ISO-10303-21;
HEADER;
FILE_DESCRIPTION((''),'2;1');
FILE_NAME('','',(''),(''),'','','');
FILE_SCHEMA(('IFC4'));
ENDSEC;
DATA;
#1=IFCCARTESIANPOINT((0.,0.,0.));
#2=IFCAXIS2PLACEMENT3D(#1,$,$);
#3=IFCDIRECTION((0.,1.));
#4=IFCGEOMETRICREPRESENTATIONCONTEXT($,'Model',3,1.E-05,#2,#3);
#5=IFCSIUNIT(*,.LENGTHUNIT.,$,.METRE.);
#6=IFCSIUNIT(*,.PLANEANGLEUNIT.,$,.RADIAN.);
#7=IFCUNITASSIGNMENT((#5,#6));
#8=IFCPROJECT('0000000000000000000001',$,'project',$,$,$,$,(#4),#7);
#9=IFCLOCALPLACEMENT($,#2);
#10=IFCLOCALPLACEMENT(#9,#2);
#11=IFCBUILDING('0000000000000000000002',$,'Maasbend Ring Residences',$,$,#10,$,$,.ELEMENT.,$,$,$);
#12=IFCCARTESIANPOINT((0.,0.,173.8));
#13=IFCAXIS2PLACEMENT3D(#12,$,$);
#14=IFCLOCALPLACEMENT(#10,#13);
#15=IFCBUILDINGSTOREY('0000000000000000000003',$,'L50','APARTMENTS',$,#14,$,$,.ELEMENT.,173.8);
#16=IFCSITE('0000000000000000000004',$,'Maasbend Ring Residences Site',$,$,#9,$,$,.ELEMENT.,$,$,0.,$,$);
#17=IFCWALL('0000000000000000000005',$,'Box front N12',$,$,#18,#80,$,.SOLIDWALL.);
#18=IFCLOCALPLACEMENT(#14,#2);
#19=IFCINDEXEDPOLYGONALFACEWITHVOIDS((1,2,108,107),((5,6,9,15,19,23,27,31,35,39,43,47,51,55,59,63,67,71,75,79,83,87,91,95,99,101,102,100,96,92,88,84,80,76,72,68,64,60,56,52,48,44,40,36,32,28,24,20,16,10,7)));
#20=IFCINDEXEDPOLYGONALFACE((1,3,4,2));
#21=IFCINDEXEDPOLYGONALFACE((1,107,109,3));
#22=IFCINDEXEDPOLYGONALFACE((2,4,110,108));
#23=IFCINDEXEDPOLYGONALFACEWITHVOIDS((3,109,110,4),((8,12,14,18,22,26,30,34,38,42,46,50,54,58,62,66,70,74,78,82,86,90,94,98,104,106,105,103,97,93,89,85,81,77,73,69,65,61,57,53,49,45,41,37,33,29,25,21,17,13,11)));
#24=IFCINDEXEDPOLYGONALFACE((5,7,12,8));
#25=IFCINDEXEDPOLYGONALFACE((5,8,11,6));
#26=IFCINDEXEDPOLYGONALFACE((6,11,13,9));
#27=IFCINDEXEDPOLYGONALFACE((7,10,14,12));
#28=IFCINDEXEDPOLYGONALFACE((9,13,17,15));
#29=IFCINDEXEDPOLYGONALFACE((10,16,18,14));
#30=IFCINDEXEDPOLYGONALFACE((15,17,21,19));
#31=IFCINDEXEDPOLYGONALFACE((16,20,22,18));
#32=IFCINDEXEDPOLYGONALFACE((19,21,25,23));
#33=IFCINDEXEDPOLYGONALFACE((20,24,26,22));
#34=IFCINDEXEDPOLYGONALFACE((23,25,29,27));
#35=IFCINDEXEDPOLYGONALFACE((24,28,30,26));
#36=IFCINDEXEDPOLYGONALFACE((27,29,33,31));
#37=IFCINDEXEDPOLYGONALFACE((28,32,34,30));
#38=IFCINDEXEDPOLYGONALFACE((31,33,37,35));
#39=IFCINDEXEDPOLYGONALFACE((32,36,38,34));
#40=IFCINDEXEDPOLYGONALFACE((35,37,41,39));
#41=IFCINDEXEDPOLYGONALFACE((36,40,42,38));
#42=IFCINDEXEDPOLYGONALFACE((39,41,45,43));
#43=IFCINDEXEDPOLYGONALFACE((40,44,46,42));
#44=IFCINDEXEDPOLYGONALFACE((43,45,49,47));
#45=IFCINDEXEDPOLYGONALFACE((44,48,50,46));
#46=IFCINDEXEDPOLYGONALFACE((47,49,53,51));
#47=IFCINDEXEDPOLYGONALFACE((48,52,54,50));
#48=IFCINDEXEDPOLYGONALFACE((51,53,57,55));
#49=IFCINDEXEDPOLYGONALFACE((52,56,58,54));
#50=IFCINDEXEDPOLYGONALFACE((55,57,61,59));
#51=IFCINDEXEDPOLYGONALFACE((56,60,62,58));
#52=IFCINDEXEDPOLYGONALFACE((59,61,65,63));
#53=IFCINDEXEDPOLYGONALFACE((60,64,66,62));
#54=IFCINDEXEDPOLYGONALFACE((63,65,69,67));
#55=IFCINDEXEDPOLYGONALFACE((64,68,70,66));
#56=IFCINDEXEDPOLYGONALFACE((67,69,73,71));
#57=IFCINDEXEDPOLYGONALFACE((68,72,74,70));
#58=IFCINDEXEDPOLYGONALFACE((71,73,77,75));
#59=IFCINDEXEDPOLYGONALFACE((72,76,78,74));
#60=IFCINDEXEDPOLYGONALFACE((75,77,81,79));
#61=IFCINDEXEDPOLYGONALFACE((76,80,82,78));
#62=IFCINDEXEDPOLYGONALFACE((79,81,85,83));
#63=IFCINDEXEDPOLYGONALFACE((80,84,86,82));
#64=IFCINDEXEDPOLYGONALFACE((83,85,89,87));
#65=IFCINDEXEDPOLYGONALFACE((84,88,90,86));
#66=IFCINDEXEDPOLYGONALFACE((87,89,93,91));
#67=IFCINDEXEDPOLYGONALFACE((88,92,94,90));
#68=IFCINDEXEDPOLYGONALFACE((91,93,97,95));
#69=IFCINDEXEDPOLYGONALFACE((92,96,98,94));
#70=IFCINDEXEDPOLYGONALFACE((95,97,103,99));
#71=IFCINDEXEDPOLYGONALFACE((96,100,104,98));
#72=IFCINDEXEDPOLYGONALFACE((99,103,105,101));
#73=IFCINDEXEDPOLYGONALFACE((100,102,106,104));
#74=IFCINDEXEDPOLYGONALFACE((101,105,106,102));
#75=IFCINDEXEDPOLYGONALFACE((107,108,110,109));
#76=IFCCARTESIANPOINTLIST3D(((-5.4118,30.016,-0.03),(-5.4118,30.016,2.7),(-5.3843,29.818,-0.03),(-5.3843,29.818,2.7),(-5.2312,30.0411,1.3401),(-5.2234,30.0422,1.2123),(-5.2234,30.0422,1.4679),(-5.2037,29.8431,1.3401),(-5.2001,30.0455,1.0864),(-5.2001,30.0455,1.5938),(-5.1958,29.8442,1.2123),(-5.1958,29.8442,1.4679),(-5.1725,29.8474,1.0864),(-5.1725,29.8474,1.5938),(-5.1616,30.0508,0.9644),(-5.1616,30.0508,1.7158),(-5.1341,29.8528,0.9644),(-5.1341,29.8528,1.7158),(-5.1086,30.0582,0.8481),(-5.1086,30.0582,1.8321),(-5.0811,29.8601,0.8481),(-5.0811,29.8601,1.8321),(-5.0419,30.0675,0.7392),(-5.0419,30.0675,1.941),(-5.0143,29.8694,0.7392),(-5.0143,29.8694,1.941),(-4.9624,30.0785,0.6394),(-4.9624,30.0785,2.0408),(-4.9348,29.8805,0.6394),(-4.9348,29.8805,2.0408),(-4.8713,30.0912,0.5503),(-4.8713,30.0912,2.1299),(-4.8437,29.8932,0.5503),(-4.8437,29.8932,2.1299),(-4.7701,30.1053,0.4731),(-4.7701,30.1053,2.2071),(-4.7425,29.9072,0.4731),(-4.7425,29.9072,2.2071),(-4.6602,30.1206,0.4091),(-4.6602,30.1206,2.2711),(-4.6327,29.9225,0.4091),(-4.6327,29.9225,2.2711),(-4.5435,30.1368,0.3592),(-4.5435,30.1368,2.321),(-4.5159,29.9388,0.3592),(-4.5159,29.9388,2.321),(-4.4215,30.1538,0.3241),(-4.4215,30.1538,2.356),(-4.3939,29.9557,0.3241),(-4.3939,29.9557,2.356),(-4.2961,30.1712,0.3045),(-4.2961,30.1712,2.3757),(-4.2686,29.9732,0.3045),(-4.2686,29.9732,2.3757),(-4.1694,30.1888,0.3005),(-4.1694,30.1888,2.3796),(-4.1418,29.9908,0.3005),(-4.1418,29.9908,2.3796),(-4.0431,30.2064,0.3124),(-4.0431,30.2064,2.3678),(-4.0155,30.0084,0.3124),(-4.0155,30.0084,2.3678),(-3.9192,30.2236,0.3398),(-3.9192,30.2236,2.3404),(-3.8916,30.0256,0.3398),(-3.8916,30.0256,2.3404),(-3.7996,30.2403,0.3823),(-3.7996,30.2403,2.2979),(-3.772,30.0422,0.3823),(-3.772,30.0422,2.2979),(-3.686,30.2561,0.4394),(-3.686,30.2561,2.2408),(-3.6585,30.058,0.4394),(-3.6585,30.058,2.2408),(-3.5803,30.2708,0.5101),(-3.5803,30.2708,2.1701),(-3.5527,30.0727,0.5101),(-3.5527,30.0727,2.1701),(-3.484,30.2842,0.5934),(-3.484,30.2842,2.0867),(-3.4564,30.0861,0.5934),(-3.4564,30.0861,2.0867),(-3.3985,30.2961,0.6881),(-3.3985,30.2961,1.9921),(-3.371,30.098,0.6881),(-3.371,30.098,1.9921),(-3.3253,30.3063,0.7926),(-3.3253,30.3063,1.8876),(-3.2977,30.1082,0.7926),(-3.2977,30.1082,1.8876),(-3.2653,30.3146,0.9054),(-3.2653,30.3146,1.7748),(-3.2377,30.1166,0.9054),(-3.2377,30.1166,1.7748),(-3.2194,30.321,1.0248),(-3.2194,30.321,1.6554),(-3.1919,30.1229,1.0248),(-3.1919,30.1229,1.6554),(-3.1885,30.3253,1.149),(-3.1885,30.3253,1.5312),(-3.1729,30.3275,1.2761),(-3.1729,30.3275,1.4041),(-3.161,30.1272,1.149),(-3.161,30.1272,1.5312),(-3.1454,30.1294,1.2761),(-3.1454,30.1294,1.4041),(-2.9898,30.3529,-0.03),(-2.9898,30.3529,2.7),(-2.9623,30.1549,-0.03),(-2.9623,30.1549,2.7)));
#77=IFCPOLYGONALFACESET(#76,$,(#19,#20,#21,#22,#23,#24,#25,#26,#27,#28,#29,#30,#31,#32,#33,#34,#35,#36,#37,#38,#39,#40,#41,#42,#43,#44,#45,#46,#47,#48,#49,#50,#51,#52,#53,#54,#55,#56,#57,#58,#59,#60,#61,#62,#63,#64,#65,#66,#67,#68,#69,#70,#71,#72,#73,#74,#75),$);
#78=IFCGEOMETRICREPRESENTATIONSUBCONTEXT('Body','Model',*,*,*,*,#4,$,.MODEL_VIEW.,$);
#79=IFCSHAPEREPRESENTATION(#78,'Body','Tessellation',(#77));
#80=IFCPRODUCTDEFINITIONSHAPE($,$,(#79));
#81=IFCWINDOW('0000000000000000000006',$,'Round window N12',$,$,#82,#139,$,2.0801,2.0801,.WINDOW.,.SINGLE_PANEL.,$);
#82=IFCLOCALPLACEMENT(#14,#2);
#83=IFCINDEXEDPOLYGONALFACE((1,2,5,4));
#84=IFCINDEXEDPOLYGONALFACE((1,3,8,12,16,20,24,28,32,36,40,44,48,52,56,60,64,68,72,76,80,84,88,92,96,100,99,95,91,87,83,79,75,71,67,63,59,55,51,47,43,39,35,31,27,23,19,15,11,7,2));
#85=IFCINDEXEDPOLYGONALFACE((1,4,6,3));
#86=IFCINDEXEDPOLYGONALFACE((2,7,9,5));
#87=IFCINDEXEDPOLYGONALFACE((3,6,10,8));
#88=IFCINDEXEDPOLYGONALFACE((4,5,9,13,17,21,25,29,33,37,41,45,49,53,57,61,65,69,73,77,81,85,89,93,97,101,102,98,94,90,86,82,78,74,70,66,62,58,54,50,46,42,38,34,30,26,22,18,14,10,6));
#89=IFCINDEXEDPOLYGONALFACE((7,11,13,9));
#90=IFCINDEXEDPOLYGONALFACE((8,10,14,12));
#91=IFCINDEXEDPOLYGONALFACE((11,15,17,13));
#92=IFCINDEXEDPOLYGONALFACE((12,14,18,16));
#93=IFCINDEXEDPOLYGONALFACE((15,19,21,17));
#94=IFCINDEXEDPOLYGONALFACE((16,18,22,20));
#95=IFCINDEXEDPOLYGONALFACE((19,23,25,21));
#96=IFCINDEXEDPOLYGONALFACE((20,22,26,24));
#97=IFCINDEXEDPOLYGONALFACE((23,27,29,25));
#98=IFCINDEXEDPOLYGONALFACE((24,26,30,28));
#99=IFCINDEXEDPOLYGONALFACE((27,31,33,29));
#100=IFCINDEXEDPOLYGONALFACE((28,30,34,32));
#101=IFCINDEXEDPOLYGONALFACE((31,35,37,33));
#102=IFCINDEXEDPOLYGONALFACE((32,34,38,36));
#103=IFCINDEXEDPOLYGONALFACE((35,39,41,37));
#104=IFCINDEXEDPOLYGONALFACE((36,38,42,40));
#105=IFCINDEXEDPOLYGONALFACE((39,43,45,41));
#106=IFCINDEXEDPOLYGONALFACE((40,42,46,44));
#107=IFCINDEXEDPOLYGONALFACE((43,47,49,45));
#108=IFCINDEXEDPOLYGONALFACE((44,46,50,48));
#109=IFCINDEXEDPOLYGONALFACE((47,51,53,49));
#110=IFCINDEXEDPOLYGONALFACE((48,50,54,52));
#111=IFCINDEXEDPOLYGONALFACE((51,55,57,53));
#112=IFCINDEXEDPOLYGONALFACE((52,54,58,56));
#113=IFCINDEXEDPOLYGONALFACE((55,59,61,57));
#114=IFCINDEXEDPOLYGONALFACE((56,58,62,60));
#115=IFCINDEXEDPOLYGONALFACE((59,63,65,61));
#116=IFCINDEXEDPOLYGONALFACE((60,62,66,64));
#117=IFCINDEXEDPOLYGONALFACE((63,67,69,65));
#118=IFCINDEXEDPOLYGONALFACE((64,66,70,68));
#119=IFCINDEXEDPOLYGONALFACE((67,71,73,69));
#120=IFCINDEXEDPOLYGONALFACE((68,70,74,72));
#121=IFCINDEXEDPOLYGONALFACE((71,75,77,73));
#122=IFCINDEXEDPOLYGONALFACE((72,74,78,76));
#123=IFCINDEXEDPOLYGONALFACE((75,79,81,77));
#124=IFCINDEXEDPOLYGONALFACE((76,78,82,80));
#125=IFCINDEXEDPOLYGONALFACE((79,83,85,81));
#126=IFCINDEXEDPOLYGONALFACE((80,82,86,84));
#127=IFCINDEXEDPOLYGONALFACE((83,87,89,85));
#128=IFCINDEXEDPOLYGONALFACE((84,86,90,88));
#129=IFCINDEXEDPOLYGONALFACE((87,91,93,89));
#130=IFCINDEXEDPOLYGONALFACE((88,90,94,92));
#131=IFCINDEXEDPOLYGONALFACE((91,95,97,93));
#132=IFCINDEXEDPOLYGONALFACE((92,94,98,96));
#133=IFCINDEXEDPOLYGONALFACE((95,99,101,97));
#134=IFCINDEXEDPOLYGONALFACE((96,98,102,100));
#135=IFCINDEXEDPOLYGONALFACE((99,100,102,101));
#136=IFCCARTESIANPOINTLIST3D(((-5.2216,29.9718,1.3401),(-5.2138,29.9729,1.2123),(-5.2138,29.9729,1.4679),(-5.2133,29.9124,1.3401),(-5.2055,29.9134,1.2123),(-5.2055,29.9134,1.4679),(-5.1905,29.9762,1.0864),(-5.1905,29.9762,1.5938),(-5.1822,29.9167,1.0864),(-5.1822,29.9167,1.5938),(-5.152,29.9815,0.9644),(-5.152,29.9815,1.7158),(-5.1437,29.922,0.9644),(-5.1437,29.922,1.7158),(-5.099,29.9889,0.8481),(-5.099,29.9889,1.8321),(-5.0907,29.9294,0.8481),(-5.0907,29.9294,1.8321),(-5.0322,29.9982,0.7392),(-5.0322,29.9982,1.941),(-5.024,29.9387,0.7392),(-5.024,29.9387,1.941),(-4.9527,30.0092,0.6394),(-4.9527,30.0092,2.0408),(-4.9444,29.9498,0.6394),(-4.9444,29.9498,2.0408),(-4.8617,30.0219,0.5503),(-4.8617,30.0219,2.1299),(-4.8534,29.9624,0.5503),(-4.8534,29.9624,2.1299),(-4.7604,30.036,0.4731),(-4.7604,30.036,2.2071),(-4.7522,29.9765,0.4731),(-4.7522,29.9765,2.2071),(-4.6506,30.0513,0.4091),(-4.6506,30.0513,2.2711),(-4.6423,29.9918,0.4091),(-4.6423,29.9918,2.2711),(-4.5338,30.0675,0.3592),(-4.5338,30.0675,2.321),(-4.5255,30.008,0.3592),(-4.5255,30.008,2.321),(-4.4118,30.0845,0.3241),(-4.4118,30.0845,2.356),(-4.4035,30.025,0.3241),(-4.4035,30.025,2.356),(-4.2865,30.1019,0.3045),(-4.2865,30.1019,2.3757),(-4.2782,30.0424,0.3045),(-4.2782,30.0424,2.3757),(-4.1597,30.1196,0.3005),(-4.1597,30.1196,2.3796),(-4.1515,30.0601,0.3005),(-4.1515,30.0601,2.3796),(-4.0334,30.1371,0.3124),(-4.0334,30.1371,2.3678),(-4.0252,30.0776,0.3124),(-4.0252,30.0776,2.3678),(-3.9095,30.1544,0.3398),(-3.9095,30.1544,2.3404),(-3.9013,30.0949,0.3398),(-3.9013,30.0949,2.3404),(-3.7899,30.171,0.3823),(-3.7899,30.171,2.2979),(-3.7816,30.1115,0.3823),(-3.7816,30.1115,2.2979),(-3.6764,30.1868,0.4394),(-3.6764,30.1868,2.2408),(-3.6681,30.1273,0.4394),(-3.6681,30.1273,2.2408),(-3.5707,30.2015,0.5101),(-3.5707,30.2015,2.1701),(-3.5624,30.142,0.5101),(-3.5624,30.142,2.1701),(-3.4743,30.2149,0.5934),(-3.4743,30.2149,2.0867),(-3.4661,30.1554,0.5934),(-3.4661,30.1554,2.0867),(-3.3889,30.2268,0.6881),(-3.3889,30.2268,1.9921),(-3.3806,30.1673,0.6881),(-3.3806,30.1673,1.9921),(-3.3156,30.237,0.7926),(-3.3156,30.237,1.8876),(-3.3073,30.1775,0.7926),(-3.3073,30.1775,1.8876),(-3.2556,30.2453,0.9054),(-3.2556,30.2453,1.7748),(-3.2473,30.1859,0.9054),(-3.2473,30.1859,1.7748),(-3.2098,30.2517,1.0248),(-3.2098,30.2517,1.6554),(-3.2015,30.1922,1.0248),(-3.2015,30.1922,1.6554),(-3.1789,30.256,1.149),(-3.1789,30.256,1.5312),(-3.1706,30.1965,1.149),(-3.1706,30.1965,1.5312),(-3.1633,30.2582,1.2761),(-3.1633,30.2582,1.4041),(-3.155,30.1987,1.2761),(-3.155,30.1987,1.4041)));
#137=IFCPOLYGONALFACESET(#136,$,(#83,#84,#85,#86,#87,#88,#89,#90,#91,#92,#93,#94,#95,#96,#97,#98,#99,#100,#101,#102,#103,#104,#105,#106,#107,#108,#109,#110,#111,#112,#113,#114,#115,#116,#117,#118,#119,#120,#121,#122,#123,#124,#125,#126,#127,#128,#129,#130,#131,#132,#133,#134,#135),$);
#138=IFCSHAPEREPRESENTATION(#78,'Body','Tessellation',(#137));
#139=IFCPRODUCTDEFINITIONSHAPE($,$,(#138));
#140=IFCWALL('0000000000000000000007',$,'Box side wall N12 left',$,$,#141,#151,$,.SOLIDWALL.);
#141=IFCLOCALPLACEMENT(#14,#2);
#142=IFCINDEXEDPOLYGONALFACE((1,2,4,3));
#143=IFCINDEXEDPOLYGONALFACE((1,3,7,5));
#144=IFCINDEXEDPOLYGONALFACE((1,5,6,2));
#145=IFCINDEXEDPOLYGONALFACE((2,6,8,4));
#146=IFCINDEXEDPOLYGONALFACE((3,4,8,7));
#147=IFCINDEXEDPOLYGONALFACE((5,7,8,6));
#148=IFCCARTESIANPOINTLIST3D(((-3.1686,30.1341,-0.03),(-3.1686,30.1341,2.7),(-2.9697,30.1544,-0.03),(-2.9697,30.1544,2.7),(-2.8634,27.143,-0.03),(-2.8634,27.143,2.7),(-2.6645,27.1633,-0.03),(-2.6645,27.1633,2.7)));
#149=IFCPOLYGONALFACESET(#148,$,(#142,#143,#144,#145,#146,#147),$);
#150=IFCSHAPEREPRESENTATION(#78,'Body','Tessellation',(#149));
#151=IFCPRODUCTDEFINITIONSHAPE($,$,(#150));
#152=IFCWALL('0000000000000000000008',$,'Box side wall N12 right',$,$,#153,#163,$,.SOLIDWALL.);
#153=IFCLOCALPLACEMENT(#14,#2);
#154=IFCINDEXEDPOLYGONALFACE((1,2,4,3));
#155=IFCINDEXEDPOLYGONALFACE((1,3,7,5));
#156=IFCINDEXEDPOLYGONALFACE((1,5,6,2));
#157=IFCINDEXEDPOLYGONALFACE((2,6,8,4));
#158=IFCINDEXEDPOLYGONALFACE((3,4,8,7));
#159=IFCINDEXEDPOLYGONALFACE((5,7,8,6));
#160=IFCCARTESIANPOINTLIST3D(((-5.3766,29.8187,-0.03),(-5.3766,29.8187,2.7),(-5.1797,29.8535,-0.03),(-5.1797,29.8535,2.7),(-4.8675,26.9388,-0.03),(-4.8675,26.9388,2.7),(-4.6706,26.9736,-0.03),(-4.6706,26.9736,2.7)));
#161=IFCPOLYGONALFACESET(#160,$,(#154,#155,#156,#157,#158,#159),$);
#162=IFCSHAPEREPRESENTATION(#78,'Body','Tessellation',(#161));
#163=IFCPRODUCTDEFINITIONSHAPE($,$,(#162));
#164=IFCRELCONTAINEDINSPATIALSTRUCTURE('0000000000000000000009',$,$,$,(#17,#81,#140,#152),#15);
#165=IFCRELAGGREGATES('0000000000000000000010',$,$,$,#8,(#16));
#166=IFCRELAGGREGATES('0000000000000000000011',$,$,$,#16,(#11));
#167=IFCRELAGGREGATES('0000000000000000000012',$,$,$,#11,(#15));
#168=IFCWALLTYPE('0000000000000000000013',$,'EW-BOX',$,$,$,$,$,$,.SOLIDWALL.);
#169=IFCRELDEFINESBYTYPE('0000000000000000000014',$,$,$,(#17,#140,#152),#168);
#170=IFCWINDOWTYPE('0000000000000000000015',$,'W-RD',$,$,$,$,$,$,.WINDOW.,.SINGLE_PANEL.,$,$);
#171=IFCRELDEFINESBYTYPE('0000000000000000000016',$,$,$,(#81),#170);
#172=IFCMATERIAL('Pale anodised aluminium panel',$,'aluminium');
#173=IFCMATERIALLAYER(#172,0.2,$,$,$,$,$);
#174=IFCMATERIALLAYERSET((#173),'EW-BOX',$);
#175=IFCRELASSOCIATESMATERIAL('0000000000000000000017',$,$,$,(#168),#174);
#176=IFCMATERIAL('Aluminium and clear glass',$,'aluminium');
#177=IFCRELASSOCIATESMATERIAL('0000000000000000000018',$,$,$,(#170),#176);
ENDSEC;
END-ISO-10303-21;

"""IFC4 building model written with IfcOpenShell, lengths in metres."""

from ifc_helpers import new_model, si_unit, direction, frame, frame_2d, origin, place, context, subcontext, project, spatial, rectangle, circle, extrude, material, layer, layer_set, type_object, element, fill, save


model = new_model("IFC4")

# Units and contexts
model_context = context("Model", 3, precision=1e-05, world=origin(), true_north=direction((0.0, 1.0)))
body_context = subcontext(model_context, "Body", "Model", "MODEL_VIEW")
ifc_project = project(units=[si_unit("LENGTHUNIT", "METRE"), si_unit("PLANEANGLEUNIT", "RADIAN")], contexts=[model_context])

# Site, building, storey
site_placement = place(None, origin())
site = spatial("IfcSite", under=ifc_project, at=site_placement, Name="Maasbend Ring Residences Site", CompositionType="ELEMENT", RefElevation=0.0)
building_placement = place(site_placement, origin())
building = spatial("IfcBuilding", under=site, at=building_placement, Name="Maasbend Ring Residences", CompositionType="ELEMENT")
storey_placement = place(building_placement, frame((0.0, 0.0, 173.8)))
storey = spatial("IfcBuildingStorey", under=building, at=storey_placement, Name="L50", Description="APARTMENTS", CompositionType="ELEMENT", Elevation=173.8)

# Wall, opening, window
ifc_material_1 = material(Name="Pale anodised aluminium panel", Category="aluminium")
ifc_layer_1 = layer(ifc_material_1, 0.2)
ifc_layer_set_1 = layer_set([ifc_layer_1], Name="EW-BOX")
wall_type_1 = type_object("IfcWallType", Name="EW-BOX", PredefinedType="SOLIDWALL", material=ifc_layer_set_1)
wall_1_placement = place(storey_placement, frame((-2.9761, 30.2539, -0.03), z_axis=(0.0, 0.0, 1.0), x_axis=(-0.990462, -0.137786, 0.0)))
wall_1 = element("IfcWall", 1, at=wall_1_placement, inside=storey, type_object=wall_type_1, Name="Box front N12", PredefinedType="SOLIDWALL", context=body_context, shape_type="SweptSolid", body=[
    extrude(rectangle(XDim=2.4453, YDim=0.2, at=frame_2d((1.2227, 0.0))), origin(), (0.0, 0.0, 1.0), 2.73),
])
opening_1_placement = place(wall_1_placement, frame((0.1829, 0.0, 0.3301)))
opening_1 = element("IfcOpeningElement", 2, at=opening_1_placement, cuts=wall_1, PredefinedType="OPENING", context=body_context, shape_type="SweptSolid", body=[
    extrude(circle(Radius=1.04, at=frame_2d((1.04, 1.04))), frame((0.0, 0.1099, 0.0), z_axis=(0.0, -1.0, 0.0), x_axis=(1.0, 0.0, 0.0)), (0.0, 0.0, 1.0), 0.22),
])
ifc_material_2 = material(Name="Aluminium and clear glass", Category="aluminium")
window_type_1 = type_object("IfcWindowType", Name="W-RD", PartitioningType="SINGLE_PANEL", PredefinedType="WINDOW", material=ifc_material_2)
window_1_placement = place(opening_1_placement, origin())
window_1 = element("IfcWindow", 3, at=window_1_placement, inside=storey, type_object=window_type_1, Name="Round window N12", OverallHeight=2.0801, OverallWidth=2.0801, PartitioningType="SINGLE_PANEL", PredefinedType="WINDOW", context=body_context, shape_type="SweptSolid", body=[
    extrude(circle(Radius=1.04, at=frame_2d((1.04, 1.04))), frame((0.0, 0.03, 0.0), z_axis=(0.0, -1.0, 0.0), x_axis=(1.0, 0.0, 0.0)), (0.0, 0.0, 1.0), 0.0601),
])
fill(opening_1, window_1)

# Walls
wall_2_placement = place(storey_placement, frame((-2.7639, 27.1531, -0.03), z_axis=(0.0, 0.0, 1.0), x_axis=(-0.101505, 0.994835, 0.0)))
element("IfcWall", 4, at=wall_2_placement, inside=storey, type_object=wall_type_1, Name="Box side wall N12 left", PredefinedType="SOLIDWALL", context=body_context, shape_type="SweptSolid", body=[
    extrude(rectangle(XDim=3.0066, YDim=0.2, at=frame_2d((1.5034, 0.0))), origin(), (0.0, 0.0, 1.0), 2.73),
])
wall_3_placement = place(storey_placement, frame((-4.769, 26.9561, -0.03), z_axis=(0.0, 0.0, 1.0), x_axis=(-0.174057, 0.984736, 0.0)))
element("IfcWall", 5, at=wall_3_placement, inside=storey, type_object=wall_type_1, Name="Box side wall N12 right", PredefinedType="SOLIDWALL", context=body_context, shape_type="SweptSolid", body=[
    extrude(rectangle(XDim=2.9246, YDim=0.2, at=frame_2d((1.4624, 0.0))), origin(), (0.0, 0.0, 1.0), 2.73),
])

save(model, "model.ifc")
